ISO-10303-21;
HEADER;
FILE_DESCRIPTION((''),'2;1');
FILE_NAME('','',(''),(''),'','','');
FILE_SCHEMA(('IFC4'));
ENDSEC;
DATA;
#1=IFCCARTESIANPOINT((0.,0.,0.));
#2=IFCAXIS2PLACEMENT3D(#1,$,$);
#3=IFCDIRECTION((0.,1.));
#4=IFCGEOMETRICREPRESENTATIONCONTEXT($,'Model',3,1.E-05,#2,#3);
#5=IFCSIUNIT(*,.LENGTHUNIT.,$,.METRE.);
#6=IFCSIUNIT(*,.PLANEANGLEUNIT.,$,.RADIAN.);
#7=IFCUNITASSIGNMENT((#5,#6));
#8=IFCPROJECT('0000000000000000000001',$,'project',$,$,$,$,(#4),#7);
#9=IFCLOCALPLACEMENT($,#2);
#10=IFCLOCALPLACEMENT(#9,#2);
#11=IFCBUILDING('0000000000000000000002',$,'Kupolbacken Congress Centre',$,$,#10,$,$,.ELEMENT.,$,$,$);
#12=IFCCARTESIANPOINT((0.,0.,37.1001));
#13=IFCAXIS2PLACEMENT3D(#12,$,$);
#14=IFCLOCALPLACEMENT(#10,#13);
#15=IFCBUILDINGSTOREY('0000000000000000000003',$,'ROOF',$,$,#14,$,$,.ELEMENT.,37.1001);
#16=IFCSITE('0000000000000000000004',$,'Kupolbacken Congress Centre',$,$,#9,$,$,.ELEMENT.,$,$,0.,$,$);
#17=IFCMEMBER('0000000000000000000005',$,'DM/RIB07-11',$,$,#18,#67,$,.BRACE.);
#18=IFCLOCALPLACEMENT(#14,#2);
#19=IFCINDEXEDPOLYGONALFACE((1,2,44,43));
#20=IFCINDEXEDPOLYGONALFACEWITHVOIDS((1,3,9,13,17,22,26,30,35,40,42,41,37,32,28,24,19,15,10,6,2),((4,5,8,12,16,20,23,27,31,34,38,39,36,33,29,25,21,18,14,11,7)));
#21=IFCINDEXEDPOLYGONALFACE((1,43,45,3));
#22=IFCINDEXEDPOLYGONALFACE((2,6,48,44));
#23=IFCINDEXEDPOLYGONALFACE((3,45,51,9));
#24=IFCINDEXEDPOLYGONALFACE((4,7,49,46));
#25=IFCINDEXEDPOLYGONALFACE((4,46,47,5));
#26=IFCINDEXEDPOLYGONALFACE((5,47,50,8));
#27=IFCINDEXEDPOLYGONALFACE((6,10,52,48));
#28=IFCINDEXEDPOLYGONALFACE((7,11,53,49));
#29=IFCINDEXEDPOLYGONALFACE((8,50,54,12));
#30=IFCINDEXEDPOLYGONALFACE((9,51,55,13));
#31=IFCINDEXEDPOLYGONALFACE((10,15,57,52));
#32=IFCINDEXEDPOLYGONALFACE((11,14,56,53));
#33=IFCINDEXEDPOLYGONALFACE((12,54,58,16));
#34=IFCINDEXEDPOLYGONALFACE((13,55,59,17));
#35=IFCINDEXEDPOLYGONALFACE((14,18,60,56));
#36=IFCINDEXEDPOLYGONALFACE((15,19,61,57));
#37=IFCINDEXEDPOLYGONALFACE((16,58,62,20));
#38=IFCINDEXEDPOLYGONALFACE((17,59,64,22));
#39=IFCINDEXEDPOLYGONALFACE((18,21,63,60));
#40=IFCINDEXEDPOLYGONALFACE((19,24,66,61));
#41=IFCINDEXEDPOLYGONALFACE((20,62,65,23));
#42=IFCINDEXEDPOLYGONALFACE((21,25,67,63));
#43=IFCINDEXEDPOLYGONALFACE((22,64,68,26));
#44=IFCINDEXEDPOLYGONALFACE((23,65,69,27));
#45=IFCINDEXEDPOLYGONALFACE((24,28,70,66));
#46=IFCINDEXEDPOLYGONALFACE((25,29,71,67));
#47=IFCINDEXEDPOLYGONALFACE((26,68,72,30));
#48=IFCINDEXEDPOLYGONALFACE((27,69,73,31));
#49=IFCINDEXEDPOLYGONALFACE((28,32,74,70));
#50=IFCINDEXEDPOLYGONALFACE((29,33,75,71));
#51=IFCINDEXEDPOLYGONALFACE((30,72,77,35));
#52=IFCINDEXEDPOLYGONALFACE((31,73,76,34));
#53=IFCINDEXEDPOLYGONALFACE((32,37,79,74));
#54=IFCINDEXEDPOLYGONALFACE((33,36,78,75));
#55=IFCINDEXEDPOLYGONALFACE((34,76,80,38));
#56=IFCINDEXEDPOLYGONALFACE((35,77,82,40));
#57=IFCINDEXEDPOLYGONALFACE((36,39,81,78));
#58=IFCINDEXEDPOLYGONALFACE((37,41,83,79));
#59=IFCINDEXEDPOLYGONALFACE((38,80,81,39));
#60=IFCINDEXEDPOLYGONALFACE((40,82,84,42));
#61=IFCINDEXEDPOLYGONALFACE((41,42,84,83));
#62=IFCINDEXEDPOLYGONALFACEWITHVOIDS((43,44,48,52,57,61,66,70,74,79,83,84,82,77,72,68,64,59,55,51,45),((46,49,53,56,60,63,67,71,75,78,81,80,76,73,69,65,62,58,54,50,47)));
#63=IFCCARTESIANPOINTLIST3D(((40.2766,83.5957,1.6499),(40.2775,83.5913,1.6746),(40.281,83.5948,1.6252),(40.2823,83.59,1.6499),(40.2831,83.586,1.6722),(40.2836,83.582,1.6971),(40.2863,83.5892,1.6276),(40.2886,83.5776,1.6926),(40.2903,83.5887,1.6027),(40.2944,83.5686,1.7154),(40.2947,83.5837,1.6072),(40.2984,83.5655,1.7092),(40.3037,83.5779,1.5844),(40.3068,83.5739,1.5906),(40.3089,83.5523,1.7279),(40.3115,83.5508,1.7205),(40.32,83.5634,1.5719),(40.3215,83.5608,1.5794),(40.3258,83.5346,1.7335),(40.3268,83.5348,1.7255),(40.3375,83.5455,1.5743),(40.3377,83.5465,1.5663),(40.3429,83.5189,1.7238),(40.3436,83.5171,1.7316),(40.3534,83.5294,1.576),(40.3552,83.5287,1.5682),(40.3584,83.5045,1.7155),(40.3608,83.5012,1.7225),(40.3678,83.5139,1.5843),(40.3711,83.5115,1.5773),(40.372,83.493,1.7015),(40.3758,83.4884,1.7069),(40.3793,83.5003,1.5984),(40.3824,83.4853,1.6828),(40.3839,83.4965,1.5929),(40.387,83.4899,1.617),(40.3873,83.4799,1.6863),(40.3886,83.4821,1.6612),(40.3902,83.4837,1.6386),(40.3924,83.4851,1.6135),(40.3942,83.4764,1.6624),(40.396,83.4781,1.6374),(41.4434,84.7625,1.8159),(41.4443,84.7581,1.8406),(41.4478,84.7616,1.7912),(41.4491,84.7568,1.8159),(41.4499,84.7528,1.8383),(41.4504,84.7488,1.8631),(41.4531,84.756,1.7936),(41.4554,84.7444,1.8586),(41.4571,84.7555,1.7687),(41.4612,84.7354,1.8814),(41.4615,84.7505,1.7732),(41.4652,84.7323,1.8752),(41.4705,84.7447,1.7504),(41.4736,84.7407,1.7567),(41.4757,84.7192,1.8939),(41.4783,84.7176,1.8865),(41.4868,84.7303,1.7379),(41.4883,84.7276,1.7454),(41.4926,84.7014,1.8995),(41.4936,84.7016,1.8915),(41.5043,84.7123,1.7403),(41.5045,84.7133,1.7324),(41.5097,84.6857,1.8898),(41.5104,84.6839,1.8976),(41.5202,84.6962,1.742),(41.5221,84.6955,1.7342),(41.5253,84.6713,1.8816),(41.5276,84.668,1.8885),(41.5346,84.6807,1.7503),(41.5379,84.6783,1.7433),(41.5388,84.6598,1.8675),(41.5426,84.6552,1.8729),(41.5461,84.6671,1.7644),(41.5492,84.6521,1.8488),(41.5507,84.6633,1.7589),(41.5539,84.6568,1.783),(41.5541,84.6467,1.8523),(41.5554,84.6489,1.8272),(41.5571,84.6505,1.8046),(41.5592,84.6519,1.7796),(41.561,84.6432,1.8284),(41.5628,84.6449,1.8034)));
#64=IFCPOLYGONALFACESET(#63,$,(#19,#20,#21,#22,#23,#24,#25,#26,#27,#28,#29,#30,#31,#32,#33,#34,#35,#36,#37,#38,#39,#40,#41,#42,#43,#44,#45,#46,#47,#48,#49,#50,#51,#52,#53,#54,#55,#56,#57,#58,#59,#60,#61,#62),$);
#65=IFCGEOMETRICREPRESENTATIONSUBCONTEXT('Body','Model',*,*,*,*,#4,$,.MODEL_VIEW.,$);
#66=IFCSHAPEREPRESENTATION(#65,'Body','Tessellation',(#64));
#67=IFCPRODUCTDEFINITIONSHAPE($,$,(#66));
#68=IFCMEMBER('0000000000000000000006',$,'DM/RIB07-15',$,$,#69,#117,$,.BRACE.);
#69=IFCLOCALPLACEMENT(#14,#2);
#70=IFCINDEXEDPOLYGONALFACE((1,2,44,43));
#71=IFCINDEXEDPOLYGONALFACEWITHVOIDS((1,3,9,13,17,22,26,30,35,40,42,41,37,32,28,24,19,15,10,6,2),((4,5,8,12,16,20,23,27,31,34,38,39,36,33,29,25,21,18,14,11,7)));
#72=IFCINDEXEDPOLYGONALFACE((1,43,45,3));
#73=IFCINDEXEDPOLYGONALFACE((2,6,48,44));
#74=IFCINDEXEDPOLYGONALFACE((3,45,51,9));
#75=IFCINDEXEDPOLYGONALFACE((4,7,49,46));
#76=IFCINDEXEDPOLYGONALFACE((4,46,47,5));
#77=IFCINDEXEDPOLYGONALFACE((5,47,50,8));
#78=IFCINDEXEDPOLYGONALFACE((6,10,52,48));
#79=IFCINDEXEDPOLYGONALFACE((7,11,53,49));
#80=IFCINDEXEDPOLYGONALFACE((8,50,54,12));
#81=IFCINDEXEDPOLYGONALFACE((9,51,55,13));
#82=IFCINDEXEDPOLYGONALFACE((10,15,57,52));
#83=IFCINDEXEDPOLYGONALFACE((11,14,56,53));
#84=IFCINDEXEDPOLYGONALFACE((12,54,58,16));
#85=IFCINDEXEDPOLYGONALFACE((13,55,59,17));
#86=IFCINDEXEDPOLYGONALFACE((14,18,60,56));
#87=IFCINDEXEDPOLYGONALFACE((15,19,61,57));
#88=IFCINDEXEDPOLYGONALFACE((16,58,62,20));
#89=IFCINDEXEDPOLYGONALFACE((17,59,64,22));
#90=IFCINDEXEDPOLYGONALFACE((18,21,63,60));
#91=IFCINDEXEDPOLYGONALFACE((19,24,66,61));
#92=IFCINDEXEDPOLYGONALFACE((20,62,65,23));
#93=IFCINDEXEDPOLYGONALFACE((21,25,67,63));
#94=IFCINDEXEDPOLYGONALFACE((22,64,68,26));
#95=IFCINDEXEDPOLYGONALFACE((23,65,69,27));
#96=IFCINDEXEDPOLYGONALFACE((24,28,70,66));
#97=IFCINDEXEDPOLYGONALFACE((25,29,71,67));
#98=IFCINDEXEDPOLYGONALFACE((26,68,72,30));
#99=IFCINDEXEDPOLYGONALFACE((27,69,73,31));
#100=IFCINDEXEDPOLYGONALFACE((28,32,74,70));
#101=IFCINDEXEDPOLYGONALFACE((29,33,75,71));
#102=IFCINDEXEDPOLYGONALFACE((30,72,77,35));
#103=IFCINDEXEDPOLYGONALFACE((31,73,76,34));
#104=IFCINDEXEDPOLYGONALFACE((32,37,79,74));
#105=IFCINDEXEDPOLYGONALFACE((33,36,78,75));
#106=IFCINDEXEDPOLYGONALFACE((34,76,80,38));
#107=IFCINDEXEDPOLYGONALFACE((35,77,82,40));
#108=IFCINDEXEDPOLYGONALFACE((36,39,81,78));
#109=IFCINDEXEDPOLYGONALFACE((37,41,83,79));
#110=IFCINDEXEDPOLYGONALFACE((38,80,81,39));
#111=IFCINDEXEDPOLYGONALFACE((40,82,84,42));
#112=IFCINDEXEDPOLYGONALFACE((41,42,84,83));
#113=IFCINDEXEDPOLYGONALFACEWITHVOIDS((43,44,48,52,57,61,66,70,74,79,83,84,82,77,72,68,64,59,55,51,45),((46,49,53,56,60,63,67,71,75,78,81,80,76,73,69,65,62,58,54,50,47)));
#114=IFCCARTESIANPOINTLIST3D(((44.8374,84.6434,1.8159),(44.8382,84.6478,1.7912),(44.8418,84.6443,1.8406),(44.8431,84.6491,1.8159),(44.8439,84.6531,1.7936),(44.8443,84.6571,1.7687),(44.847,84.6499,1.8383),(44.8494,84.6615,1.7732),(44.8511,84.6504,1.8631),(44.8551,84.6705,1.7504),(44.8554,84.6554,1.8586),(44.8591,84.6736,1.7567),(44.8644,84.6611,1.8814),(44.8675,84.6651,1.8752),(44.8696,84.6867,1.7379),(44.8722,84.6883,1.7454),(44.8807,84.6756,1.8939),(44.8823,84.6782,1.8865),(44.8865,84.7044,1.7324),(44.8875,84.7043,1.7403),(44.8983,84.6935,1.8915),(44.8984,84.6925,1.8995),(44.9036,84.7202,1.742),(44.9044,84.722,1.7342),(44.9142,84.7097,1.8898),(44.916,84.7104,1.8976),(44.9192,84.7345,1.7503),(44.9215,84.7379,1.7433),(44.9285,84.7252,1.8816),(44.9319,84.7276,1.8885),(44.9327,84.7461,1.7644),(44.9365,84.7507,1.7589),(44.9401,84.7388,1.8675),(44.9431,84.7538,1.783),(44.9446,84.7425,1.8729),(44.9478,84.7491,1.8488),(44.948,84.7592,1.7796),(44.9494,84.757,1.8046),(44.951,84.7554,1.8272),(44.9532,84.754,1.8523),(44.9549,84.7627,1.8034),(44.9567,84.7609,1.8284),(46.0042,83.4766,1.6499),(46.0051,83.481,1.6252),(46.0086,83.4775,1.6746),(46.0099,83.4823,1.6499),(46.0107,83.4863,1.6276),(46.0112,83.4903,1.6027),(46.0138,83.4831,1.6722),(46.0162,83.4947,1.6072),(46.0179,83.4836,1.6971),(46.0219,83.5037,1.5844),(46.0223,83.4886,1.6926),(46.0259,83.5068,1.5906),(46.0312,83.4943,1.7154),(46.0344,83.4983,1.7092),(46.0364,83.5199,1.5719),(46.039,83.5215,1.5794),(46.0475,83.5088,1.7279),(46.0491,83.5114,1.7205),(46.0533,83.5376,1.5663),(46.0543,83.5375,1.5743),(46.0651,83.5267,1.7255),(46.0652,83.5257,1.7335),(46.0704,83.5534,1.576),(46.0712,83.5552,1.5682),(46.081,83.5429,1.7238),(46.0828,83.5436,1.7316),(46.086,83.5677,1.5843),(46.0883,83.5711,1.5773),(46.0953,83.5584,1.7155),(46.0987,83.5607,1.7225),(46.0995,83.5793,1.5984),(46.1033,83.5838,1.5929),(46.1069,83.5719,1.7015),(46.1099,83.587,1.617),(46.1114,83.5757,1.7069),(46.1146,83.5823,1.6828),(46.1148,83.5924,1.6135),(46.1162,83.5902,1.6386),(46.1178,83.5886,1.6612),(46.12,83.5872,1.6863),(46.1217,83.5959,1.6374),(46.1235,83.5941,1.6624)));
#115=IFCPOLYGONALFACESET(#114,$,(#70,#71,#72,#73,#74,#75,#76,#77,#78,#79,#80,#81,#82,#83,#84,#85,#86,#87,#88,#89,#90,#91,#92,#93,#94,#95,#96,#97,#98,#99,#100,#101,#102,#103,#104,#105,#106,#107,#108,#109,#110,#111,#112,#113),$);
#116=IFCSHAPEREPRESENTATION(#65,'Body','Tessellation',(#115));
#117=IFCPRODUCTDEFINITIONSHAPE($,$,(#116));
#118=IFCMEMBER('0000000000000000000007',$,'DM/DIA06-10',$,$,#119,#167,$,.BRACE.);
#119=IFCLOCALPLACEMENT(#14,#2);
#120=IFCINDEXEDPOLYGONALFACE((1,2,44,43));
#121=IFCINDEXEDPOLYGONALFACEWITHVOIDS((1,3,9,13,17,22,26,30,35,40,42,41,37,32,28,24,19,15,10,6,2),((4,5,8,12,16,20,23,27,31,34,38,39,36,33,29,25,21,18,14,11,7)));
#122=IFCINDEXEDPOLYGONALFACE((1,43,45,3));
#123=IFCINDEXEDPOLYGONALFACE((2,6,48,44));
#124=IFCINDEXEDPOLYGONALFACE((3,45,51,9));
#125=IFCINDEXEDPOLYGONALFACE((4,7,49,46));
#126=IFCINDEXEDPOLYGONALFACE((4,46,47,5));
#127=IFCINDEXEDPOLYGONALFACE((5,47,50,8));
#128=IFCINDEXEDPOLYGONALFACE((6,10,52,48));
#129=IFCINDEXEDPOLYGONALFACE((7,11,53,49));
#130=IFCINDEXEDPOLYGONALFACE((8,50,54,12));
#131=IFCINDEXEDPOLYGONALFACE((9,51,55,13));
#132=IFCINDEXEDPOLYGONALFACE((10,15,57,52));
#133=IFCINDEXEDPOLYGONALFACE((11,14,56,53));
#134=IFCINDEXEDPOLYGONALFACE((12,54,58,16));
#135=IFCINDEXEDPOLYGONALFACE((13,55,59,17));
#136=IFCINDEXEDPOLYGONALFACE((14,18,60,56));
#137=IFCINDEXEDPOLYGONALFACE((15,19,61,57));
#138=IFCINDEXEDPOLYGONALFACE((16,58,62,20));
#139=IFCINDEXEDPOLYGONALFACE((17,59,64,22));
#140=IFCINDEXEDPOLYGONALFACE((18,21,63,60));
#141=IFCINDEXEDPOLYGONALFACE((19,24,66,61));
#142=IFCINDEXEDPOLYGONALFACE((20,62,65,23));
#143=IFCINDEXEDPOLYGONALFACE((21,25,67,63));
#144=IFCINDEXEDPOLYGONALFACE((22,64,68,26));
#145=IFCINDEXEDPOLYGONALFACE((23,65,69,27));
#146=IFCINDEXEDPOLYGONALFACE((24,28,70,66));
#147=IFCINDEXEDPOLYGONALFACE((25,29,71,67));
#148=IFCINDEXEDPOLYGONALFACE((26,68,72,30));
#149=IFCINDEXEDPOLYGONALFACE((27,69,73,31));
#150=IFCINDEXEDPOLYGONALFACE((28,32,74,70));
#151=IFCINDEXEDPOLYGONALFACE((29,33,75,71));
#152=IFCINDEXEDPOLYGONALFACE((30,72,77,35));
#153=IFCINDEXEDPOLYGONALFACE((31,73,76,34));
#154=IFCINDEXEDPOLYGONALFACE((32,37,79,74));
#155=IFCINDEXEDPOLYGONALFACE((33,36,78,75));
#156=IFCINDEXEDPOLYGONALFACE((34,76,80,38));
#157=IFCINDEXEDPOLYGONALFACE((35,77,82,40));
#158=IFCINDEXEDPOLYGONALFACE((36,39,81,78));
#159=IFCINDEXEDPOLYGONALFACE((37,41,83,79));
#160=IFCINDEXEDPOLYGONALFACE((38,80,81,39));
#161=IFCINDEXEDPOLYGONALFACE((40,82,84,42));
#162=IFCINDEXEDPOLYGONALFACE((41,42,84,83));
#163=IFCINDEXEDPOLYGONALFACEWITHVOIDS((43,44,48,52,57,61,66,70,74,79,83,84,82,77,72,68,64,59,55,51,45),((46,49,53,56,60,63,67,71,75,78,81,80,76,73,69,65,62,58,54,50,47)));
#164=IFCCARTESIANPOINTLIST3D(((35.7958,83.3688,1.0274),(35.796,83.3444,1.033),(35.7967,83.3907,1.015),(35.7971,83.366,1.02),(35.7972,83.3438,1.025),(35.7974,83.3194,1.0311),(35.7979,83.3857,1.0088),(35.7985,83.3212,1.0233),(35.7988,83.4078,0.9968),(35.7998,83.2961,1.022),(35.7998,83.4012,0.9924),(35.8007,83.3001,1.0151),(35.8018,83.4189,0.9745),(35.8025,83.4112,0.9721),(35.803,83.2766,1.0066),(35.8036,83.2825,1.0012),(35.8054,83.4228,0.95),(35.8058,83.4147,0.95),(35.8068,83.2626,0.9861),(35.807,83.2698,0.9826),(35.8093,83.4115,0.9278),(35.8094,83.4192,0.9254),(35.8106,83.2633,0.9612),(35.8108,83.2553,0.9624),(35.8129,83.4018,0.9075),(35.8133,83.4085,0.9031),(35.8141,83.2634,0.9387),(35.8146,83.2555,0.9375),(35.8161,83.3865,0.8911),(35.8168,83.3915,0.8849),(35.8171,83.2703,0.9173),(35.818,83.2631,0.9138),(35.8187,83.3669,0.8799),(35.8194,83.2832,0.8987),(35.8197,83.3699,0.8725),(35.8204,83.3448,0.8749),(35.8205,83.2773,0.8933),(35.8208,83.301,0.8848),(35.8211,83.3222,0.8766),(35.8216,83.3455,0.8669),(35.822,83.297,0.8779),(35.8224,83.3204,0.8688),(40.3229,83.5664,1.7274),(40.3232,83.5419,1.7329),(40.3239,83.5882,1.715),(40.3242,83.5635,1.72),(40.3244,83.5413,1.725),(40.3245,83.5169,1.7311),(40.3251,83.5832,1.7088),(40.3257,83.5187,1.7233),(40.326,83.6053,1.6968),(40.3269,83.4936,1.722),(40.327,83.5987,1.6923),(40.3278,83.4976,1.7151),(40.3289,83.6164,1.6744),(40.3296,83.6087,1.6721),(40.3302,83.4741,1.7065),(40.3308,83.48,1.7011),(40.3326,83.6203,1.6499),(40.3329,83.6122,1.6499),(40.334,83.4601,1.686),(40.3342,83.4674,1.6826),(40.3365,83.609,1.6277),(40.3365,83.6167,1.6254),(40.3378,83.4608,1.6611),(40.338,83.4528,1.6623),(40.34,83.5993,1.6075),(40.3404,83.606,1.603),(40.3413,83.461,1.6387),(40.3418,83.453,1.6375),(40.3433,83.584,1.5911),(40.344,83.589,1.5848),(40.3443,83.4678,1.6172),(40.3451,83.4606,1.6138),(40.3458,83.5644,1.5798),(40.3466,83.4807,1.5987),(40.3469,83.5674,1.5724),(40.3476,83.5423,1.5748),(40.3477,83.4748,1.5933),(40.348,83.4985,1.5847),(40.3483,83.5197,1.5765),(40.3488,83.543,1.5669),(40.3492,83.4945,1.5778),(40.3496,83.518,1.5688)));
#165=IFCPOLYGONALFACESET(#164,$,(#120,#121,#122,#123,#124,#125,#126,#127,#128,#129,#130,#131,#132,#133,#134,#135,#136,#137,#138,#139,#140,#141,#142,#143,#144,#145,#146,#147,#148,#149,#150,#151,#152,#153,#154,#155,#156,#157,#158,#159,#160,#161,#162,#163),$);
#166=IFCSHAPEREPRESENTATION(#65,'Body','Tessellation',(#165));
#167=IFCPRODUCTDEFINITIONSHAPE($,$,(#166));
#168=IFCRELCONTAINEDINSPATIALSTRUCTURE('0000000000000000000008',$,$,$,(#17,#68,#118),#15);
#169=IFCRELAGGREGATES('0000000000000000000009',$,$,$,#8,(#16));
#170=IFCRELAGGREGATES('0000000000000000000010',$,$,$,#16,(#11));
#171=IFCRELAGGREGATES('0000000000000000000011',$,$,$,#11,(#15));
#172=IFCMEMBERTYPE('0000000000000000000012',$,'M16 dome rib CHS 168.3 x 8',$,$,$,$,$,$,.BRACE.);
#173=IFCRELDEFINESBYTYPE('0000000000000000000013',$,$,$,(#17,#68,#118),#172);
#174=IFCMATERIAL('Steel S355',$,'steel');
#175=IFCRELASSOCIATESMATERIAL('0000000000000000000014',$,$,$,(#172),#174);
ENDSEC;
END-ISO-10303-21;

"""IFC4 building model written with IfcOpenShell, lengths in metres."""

from ifc_helpers import new_model, si_unit, direction, frame, origin, origin_2d, place, context, subcontext, project, spatial, hollow_circle, extrude, material, material_profile, profile_set, type_object, element, save


model = new_model("IFC4")

# Units and contexts
model_context = context("Model", 3, precision=1e-05, world=origin(), true_north=direction((0.0, 1.0)))
body_context = subcontext(model_context, "Body", "Model", "MODEL_VIEW")
ifc_project = project(units=[si_unit("LENGTHUNIT", "METRE"), si_unit("PLANEANGLEUNIT", "RADIAN")], contexts=[model_context])

# Site, building, storey
site_placement = place(None, origin())
site = spatial("IfcSite", under=ifc_project, at=site_placement, Name="Kupolbacken Congress Centre", CompositionType="ELEMENT", RefElevation=0.0)
building_placement = place(site_placement, origin())
building = spatial("IfcBuilding", under=site, at=building_placement, Name="Kupolbacken Congress Centre", CompositionType="ELEMENT")
storey_placement = place(building_placement, frame((0.0, 0.0, 37.1001)))
storey = spatial("IfcBuildingStorey", under=building, at=storey_placement, Name="ROOF", CompositionType="ELEMENT", Elevation=37.1001)

# Members
ifc_material_1 = material(Name="Steel S355", Category="steel")
ifc_material_profile_1 = material_profile(ifc_material_1, hollow_circle(Radius=0.0842, WallThickness=0.0081, at=origin_2d()), Name="CHS 168.3 x 8")
ifc_profile_set_1 = profile_set([ifc_material_profile_1], Name="Steel S355")
member_type_1 = type_object("IfcMemberType", Name="M16 dome rib CHS 168.3 x 8", PredefinedType="BRACE", material=ifc_profile_set_1)
for number, where, z_axis, x_axis, name in (
    (1, (40.3362, 83.5361, 1.6499), (0.703555, 0.703555, 0.100108), (-0.707107, 0.707107, 0.0), "DM/RIB07-11"),
    (2, (46.0637, 83.5361, 1.6499), (-0.703555, 0.703555, 0.100108), (-0.707107, -0.707107, 0.0), "DM/RIB07-15"),
):
    element("IfcMember", number, at=place(storey_placement, frame(where, z_axis=z_axis, x_axis=x_axis)), inside=storey, type_object=member_type_1, Name=name, PredefinedType="BRACE", context=body_context, shape_type="SweptSolid", body=[
        extrude(hollow_circle(Radius=0.0842, WallThickness=0.0081, at=origin_2d()), origin(), (0.0, 0.0, 1.0), 1.6584),
    ])
for number, where, z_axis, x_axis, name in (
    (3, (35.8091, 83.3386, 0.95), (0.98734, 0.043076, 0.152656), (-0.043587, 0.99905, 0.0), "DM/DIA06-10"),
):
    element("IfcMember", number, at=place(storey_placement, frame(where, z_axis=z_axis, x_axis=x_axis)), inside=storey, type_object=member_type_1, Name=name, PredefinedType="BRACE", context=body_context, shape_type="SweptSolid", body=[
        extrude(hollow_circle(Radius=0.0842, WallThickness=0.0081, at=origin_2d()), origin(), (0.0, 0.0, 1.0), 4.5852),
    ])

save(model, "model.ifc")
